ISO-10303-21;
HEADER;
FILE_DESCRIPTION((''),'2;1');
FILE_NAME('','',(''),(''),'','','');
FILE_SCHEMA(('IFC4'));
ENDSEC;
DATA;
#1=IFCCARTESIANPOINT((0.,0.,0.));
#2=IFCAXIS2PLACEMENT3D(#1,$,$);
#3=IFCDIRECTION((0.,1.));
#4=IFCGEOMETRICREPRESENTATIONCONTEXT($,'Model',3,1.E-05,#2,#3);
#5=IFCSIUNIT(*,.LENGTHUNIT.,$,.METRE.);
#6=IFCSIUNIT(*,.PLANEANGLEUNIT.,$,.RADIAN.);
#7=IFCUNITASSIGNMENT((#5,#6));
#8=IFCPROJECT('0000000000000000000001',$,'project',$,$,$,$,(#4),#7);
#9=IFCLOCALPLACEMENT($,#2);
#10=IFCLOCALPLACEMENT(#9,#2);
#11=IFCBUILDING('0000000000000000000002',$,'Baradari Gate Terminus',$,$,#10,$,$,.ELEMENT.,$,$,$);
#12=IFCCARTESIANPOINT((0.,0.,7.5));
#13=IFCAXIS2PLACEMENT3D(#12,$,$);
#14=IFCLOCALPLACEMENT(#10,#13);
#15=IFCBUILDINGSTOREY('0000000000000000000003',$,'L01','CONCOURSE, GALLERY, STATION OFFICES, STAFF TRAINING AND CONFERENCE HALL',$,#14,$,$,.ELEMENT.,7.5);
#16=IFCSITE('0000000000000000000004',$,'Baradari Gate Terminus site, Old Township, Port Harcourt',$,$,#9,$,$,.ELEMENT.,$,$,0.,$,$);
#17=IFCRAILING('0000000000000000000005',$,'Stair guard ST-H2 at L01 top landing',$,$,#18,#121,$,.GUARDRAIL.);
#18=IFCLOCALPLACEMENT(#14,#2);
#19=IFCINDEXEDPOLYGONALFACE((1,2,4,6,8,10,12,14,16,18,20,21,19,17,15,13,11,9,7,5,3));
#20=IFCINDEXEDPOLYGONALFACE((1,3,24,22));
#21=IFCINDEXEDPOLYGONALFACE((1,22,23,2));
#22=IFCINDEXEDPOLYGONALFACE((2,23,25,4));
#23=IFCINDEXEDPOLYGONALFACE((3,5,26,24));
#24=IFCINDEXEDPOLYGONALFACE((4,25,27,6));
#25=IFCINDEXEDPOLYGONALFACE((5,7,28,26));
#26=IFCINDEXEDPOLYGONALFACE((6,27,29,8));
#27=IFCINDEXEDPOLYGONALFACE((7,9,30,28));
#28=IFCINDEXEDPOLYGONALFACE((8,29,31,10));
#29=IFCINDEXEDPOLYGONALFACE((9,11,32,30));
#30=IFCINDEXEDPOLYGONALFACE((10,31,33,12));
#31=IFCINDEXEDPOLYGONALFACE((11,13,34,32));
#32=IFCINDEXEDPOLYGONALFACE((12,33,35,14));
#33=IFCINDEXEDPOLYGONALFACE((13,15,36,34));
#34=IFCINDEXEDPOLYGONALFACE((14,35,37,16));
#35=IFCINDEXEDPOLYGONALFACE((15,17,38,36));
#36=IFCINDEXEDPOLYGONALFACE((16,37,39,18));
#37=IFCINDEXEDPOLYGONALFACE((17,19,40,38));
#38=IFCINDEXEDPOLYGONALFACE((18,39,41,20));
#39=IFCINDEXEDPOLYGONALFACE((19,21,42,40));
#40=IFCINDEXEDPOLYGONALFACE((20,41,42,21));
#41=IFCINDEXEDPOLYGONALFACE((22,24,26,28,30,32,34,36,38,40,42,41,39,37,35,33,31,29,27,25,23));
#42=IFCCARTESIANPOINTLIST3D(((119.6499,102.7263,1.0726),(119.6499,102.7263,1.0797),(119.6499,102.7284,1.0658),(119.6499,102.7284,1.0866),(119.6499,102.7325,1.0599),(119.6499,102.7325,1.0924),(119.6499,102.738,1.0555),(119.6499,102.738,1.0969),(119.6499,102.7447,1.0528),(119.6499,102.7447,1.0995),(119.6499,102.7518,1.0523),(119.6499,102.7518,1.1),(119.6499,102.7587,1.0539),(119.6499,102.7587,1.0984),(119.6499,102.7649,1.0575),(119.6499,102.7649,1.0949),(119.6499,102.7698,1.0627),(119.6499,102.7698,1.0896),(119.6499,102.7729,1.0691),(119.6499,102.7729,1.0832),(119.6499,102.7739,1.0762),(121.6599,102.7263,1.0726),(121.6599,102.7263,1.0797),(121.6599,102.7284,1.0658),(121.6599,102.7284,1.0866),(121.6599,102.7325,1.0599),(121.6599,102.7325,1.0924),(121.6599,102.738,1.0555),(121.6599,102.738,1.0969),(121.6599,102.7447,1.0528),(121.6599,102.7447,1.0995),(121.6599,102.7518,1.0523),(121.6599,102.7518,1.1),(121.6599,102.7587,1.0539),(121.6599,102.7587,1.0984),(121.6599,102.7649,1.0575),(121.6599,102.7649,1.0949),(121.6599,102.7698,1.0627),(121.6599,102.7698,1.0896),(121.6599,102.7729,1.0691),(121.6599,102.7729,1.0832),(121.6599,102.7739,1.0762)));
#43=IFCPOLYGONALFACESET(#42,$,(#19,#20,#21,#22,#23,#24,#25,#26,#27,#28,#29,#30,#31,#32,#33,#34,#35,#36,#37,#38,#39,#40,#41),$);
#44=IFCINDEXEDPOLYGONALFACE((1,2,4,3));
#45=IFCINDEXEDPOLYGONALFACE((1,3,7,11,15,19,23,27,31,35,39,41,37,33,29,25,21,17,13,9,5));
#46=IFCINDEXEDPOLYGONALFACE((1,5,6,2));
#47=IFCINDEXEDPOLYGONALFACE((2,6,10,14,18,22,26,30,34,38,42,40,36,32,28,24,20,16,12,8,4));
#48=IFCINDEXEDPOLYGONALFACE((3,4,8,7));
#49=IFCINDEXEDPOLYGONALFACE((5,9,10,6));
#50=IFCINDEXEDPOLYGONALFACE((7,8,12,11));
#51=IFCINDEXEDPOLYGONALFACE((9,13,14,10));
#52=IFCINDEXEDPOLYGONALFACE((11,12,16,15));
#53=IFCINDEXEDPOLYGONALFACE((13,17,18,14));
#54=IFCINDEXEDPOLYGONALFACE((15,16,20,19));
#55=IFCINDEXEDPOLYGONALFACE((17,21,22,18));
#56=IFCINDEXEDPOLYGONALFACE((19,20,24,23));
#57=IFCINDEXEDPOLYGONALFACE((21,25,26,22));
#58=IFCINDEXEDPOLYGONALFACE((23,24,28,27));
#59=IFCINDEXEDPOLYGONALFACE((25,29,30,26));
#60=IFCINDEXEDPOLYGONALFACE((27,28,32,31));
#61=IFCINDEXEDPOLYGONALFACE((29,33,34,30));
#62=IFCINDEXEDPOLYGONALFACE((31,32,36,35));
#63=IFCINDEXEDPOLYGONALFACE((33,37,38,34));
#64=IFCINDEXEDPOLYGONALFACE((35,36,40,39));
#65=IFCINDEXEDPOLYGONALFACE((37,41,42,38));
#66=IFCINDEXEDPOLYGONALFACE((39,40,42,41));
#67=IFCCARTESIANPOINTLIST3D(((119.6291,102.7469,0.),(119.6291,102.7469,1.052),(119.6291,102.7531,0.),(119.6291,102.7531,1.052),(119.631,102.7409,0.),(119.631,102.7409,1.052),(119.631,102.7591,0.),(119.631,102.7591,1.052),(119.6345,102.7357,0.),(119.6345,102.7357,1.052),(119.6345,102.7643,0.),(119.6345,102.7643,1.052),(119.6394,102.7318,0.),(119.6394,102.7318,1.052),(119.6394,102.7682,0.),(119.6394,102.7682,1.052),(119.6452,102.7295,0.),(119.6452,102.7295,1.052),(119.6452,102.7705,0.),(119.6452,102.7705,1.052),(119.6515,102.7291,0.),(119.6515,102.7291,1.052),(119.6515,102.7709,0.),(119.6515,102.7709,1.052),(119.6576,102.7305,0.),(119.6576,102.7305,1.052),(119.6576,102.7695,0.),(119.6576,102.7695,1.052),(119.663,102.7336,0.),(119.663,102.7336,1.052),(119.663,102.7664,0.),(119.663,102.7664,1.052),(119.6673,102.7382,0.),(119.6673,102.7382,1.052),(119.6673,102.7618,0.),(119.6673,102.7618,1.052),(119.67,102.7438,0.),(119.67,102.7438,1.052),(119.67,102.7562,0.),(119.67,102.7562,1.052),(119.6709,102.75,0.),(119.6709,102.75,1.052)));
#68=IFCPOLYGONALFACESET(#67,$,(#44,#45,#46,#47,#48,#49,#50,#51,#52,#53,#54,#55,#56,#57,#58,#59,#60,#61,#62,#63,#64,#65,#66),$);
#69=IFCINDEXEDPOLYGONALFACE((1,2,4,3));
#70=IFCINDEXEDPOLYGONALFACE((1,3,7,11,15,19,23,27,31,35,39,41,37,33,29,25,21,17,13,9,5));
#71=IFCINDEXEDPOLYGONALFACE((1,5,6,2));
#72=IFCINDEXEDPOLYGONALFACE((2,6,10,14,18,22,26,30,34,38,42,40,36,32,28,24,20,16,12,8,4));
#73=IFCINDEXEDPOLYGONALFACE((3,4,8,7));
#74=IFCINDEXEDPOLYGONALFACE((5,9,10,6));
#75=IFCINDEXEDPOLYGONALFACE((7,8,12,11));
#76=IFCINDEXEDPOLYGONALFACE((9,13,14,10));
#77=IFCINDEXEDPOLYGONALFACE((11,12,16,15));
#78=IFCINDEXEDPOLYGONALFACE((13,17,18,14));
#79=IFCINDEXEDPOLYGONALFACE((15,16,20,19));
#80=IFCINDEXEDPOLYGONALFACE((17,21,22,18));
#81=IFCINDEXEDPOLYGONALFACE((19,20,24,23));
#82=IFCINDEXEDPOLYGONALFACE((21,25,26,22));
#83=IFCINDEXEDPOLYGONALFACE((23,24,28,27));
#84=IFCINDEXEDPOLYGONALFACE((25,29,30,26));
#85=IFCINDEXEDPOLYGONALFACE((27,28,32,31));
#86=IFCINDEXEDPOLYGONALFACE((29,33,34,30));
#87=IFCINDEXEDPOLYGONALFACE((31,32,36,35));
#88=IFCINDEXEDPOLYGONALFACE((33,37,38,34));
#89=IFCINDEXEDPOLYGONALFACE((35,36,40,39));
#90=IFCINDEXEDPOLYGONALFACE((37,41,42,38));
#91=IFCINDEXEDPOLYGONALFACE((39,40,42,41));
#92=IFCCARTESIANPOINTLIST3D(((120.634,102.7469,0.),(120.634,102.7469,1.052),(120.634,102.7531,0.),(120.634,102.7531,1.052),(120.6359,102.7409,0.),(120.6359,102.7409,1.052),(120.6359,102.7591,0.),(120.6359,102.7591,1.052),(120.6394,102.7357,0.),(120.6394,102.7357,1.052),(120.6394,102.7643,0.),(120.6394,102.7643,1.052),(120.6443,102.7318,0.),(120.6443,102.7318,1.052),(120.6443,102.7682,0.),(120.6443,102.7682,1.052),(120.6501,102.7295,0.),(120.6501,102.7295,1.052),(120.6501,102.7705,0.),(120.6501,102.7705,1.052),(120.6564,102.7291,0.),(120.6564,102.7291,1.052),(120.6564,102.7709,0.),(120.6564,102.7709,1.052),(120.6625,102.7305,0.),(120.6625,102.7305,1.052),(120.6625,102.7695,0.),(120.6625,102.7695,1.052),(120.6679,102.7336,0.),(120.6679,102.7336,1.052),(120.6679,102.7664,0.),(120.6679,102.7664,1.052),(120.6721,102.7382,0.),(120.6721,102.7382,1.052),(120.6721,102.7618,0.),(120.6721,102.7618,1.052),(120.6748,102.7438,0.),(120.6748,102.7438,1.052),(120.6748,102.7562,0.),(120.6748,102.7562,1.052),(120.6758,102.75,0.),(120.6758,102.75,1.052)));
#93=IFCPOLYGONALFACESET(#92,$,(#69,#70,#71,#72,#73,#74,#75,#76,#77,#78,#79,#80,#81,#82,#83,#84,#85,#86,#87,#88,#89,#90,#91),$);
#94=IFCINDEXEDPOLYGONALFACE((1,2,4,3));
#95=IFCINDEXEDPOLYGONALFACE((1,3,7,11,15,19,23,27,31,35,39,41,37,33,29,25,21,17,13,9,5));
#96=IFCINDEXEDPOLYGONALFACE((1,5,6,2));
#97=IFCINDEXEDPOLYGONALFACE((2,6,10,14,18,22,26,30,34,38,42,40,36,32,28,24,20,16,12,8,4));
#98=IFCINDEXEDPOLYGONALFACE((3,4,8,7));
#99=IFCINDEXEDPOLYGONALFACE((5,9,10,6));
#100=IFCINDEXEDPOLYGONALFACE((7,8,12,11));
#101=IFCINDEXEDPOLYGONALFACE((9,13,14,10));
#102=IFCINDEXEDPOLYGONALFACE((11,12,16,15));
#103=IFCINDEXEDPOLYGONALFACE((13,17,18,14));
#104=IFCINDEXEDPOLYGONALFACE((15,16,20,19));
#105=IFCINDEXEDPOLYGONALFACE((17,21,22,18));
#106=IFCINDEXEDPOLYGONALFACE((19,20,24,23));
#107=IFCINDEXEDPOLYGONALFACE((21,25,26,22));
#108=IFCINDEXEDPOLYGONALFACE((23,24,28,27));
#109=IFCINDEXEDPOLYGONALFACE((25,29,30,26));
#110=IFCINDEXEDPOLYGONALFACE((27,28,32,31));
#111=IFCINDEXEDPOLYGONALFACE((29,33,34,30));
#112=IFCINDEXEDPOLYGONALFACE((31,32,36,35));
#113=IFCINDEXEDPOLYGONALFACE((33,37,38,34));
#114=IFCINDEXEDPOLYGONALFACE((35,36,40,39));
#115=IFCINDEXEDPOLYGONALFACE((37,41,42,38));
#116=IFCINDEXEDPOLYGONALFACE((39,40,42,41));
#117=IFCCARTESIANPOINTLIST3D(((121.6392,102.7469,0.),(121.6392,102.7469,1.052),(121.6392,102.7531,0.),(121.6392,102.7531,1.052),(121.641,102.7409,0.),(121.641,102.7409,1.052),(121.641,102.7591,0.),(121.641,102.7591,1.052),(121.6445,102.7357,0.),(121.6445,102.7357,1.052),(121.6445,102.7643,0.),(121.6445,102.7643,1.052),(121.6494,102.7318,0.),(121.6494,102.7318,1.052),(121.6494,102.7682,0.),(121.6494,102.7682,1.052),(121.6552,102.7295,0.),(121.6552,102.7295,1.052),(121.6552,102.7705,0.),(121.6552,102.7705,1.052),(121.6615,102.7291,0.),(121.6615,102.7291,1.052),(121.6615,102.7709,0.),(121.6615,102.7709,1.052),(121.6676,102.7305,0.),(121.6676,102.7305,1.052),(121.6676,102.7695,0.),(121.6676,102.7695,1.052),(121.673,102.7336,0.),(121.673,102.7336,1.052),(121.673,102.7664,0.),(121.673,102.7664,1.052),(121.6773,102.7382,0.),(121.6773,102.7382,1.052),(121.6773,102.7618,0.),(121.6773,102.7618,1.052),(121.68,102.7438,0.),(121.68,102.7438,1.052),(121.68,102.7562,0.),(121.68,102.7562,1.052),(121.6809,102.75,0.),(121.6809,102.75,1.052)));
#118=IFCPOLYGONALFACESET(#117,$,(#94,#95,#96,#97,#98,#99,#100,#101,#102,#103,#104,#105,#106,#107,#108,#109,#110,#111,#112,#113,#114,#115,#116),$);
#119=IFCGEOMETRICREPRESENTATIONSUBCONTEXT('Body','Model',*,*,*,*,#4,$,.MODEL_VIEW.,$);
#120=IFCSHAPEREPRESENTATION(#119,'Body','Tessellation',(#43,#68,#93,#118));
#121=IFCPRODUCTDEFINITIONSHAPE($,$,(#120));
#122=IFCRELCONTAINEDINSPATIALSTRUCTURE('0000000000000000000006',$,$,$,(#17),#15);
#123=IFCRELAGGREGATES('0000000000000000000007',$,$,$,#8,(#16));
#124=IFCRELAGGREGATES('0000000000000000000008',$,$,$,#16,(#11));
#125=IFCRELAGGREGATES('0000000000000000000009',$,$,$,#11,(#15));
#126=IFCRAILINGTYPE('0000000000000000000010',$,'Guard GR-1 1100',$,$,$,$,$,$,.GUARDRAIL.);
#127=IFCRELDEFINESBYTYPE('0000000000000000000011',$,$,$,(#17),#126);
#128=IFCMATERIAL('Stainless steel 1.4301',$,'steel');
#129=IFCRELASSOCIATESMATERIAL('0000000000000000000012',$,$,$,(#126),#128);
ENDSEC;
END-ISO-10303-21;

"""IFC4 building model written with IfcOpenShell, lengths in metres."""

from ifc_helpers import new_model, si_unit, direction, frame, origin, origin_2d, place, context, subcontext, project, spatial, circle, extrude, material, type_object, element, save


model = new_model("IFC4")

# Units and contexts
model_context = context("Model", 3, precision=1e-05, world=origin(), true_north=direction((0.0, 1.0)))
body_context = subcontext(model_context, "Body", "Model", "MODEL_VIEW")
ifc_project = project(units=[si_unit("LENGTHUNIT", "METRE"), si_unit("PLANEANGLEUNIT", "RADIAN")], contexts=[model_context])

# Site, building, storey
site_placement = place(None, origin())
site = spatial("IfcSite", under=ifc_project, at=site_placement, Name="Baradari Gate Terminus site, Old Township, Port Harcourt", CompositionType="ELEMENT", RefElevation=0.0)
building_placement = place(site_placement, origin())
building = spatial("IfcBuilding", under=site, at=building_placement, Name="Baradari Gate Terminus", CompositionType="ELEMENT")
storey_placement = place(building_placement, frame((0.0, 0.0, 7.5)))
storey = spatial("IfcBuildingStorey", under=building, at=storey_placement, Name="L01", Description="CONCOURSE, GALLERY, STATION OFFICES, STAFF TRAINING AND CONFERENCE HALL", CompositionType="ELEMENT", Elevation=7.5)

# Railing
ifc_material_1 = material(Name="Stainless steel 1.4301", Category="steel")
railing_type = type_object("IfcRailingType", Name="Guard GR-1 1100", PredefinedType="GUARDRAIL", material=ifc_material_1)
railing_placement = place(storey_placement, frame((119.6499, 102.75, 0.0)))
element("IfcRailing", 1, at=railing_placement, inside=storey, type_object=railing_type, Name="Stair guard ST-H2 at L01 top landing", PredefinedType="GUARDRAIL", context=body_context, shape_type="SweptSolid", body=[
    extrude(circle(Radius=0.0239, at=origin_2d()), frame((0.0, 0.0, 1.0762), z_axis=(1.0, 0.0, 0.0), x_axis=(0.0, 1.0, 0.0)), (0.0, 0.0, 1.0), 2.01),
    extrude(circle(Radius=0.021, at=origin_2d()), origin(), (0.0, 0.0, 1.0), 1.052),
    extrude(circle(Radius=0.021, at=origin_2d()), frame((1.0049, 0.0, 0.0)), (0.0, 0.0, 1.0), 1.052),
    extrude(circle(Radius=0.021, at=origin_2d()), frame((2.01, 0.0, 0.0)), (0.0, 0.0, 1.0), 1.052),
])

save(model, "model.ifc")
